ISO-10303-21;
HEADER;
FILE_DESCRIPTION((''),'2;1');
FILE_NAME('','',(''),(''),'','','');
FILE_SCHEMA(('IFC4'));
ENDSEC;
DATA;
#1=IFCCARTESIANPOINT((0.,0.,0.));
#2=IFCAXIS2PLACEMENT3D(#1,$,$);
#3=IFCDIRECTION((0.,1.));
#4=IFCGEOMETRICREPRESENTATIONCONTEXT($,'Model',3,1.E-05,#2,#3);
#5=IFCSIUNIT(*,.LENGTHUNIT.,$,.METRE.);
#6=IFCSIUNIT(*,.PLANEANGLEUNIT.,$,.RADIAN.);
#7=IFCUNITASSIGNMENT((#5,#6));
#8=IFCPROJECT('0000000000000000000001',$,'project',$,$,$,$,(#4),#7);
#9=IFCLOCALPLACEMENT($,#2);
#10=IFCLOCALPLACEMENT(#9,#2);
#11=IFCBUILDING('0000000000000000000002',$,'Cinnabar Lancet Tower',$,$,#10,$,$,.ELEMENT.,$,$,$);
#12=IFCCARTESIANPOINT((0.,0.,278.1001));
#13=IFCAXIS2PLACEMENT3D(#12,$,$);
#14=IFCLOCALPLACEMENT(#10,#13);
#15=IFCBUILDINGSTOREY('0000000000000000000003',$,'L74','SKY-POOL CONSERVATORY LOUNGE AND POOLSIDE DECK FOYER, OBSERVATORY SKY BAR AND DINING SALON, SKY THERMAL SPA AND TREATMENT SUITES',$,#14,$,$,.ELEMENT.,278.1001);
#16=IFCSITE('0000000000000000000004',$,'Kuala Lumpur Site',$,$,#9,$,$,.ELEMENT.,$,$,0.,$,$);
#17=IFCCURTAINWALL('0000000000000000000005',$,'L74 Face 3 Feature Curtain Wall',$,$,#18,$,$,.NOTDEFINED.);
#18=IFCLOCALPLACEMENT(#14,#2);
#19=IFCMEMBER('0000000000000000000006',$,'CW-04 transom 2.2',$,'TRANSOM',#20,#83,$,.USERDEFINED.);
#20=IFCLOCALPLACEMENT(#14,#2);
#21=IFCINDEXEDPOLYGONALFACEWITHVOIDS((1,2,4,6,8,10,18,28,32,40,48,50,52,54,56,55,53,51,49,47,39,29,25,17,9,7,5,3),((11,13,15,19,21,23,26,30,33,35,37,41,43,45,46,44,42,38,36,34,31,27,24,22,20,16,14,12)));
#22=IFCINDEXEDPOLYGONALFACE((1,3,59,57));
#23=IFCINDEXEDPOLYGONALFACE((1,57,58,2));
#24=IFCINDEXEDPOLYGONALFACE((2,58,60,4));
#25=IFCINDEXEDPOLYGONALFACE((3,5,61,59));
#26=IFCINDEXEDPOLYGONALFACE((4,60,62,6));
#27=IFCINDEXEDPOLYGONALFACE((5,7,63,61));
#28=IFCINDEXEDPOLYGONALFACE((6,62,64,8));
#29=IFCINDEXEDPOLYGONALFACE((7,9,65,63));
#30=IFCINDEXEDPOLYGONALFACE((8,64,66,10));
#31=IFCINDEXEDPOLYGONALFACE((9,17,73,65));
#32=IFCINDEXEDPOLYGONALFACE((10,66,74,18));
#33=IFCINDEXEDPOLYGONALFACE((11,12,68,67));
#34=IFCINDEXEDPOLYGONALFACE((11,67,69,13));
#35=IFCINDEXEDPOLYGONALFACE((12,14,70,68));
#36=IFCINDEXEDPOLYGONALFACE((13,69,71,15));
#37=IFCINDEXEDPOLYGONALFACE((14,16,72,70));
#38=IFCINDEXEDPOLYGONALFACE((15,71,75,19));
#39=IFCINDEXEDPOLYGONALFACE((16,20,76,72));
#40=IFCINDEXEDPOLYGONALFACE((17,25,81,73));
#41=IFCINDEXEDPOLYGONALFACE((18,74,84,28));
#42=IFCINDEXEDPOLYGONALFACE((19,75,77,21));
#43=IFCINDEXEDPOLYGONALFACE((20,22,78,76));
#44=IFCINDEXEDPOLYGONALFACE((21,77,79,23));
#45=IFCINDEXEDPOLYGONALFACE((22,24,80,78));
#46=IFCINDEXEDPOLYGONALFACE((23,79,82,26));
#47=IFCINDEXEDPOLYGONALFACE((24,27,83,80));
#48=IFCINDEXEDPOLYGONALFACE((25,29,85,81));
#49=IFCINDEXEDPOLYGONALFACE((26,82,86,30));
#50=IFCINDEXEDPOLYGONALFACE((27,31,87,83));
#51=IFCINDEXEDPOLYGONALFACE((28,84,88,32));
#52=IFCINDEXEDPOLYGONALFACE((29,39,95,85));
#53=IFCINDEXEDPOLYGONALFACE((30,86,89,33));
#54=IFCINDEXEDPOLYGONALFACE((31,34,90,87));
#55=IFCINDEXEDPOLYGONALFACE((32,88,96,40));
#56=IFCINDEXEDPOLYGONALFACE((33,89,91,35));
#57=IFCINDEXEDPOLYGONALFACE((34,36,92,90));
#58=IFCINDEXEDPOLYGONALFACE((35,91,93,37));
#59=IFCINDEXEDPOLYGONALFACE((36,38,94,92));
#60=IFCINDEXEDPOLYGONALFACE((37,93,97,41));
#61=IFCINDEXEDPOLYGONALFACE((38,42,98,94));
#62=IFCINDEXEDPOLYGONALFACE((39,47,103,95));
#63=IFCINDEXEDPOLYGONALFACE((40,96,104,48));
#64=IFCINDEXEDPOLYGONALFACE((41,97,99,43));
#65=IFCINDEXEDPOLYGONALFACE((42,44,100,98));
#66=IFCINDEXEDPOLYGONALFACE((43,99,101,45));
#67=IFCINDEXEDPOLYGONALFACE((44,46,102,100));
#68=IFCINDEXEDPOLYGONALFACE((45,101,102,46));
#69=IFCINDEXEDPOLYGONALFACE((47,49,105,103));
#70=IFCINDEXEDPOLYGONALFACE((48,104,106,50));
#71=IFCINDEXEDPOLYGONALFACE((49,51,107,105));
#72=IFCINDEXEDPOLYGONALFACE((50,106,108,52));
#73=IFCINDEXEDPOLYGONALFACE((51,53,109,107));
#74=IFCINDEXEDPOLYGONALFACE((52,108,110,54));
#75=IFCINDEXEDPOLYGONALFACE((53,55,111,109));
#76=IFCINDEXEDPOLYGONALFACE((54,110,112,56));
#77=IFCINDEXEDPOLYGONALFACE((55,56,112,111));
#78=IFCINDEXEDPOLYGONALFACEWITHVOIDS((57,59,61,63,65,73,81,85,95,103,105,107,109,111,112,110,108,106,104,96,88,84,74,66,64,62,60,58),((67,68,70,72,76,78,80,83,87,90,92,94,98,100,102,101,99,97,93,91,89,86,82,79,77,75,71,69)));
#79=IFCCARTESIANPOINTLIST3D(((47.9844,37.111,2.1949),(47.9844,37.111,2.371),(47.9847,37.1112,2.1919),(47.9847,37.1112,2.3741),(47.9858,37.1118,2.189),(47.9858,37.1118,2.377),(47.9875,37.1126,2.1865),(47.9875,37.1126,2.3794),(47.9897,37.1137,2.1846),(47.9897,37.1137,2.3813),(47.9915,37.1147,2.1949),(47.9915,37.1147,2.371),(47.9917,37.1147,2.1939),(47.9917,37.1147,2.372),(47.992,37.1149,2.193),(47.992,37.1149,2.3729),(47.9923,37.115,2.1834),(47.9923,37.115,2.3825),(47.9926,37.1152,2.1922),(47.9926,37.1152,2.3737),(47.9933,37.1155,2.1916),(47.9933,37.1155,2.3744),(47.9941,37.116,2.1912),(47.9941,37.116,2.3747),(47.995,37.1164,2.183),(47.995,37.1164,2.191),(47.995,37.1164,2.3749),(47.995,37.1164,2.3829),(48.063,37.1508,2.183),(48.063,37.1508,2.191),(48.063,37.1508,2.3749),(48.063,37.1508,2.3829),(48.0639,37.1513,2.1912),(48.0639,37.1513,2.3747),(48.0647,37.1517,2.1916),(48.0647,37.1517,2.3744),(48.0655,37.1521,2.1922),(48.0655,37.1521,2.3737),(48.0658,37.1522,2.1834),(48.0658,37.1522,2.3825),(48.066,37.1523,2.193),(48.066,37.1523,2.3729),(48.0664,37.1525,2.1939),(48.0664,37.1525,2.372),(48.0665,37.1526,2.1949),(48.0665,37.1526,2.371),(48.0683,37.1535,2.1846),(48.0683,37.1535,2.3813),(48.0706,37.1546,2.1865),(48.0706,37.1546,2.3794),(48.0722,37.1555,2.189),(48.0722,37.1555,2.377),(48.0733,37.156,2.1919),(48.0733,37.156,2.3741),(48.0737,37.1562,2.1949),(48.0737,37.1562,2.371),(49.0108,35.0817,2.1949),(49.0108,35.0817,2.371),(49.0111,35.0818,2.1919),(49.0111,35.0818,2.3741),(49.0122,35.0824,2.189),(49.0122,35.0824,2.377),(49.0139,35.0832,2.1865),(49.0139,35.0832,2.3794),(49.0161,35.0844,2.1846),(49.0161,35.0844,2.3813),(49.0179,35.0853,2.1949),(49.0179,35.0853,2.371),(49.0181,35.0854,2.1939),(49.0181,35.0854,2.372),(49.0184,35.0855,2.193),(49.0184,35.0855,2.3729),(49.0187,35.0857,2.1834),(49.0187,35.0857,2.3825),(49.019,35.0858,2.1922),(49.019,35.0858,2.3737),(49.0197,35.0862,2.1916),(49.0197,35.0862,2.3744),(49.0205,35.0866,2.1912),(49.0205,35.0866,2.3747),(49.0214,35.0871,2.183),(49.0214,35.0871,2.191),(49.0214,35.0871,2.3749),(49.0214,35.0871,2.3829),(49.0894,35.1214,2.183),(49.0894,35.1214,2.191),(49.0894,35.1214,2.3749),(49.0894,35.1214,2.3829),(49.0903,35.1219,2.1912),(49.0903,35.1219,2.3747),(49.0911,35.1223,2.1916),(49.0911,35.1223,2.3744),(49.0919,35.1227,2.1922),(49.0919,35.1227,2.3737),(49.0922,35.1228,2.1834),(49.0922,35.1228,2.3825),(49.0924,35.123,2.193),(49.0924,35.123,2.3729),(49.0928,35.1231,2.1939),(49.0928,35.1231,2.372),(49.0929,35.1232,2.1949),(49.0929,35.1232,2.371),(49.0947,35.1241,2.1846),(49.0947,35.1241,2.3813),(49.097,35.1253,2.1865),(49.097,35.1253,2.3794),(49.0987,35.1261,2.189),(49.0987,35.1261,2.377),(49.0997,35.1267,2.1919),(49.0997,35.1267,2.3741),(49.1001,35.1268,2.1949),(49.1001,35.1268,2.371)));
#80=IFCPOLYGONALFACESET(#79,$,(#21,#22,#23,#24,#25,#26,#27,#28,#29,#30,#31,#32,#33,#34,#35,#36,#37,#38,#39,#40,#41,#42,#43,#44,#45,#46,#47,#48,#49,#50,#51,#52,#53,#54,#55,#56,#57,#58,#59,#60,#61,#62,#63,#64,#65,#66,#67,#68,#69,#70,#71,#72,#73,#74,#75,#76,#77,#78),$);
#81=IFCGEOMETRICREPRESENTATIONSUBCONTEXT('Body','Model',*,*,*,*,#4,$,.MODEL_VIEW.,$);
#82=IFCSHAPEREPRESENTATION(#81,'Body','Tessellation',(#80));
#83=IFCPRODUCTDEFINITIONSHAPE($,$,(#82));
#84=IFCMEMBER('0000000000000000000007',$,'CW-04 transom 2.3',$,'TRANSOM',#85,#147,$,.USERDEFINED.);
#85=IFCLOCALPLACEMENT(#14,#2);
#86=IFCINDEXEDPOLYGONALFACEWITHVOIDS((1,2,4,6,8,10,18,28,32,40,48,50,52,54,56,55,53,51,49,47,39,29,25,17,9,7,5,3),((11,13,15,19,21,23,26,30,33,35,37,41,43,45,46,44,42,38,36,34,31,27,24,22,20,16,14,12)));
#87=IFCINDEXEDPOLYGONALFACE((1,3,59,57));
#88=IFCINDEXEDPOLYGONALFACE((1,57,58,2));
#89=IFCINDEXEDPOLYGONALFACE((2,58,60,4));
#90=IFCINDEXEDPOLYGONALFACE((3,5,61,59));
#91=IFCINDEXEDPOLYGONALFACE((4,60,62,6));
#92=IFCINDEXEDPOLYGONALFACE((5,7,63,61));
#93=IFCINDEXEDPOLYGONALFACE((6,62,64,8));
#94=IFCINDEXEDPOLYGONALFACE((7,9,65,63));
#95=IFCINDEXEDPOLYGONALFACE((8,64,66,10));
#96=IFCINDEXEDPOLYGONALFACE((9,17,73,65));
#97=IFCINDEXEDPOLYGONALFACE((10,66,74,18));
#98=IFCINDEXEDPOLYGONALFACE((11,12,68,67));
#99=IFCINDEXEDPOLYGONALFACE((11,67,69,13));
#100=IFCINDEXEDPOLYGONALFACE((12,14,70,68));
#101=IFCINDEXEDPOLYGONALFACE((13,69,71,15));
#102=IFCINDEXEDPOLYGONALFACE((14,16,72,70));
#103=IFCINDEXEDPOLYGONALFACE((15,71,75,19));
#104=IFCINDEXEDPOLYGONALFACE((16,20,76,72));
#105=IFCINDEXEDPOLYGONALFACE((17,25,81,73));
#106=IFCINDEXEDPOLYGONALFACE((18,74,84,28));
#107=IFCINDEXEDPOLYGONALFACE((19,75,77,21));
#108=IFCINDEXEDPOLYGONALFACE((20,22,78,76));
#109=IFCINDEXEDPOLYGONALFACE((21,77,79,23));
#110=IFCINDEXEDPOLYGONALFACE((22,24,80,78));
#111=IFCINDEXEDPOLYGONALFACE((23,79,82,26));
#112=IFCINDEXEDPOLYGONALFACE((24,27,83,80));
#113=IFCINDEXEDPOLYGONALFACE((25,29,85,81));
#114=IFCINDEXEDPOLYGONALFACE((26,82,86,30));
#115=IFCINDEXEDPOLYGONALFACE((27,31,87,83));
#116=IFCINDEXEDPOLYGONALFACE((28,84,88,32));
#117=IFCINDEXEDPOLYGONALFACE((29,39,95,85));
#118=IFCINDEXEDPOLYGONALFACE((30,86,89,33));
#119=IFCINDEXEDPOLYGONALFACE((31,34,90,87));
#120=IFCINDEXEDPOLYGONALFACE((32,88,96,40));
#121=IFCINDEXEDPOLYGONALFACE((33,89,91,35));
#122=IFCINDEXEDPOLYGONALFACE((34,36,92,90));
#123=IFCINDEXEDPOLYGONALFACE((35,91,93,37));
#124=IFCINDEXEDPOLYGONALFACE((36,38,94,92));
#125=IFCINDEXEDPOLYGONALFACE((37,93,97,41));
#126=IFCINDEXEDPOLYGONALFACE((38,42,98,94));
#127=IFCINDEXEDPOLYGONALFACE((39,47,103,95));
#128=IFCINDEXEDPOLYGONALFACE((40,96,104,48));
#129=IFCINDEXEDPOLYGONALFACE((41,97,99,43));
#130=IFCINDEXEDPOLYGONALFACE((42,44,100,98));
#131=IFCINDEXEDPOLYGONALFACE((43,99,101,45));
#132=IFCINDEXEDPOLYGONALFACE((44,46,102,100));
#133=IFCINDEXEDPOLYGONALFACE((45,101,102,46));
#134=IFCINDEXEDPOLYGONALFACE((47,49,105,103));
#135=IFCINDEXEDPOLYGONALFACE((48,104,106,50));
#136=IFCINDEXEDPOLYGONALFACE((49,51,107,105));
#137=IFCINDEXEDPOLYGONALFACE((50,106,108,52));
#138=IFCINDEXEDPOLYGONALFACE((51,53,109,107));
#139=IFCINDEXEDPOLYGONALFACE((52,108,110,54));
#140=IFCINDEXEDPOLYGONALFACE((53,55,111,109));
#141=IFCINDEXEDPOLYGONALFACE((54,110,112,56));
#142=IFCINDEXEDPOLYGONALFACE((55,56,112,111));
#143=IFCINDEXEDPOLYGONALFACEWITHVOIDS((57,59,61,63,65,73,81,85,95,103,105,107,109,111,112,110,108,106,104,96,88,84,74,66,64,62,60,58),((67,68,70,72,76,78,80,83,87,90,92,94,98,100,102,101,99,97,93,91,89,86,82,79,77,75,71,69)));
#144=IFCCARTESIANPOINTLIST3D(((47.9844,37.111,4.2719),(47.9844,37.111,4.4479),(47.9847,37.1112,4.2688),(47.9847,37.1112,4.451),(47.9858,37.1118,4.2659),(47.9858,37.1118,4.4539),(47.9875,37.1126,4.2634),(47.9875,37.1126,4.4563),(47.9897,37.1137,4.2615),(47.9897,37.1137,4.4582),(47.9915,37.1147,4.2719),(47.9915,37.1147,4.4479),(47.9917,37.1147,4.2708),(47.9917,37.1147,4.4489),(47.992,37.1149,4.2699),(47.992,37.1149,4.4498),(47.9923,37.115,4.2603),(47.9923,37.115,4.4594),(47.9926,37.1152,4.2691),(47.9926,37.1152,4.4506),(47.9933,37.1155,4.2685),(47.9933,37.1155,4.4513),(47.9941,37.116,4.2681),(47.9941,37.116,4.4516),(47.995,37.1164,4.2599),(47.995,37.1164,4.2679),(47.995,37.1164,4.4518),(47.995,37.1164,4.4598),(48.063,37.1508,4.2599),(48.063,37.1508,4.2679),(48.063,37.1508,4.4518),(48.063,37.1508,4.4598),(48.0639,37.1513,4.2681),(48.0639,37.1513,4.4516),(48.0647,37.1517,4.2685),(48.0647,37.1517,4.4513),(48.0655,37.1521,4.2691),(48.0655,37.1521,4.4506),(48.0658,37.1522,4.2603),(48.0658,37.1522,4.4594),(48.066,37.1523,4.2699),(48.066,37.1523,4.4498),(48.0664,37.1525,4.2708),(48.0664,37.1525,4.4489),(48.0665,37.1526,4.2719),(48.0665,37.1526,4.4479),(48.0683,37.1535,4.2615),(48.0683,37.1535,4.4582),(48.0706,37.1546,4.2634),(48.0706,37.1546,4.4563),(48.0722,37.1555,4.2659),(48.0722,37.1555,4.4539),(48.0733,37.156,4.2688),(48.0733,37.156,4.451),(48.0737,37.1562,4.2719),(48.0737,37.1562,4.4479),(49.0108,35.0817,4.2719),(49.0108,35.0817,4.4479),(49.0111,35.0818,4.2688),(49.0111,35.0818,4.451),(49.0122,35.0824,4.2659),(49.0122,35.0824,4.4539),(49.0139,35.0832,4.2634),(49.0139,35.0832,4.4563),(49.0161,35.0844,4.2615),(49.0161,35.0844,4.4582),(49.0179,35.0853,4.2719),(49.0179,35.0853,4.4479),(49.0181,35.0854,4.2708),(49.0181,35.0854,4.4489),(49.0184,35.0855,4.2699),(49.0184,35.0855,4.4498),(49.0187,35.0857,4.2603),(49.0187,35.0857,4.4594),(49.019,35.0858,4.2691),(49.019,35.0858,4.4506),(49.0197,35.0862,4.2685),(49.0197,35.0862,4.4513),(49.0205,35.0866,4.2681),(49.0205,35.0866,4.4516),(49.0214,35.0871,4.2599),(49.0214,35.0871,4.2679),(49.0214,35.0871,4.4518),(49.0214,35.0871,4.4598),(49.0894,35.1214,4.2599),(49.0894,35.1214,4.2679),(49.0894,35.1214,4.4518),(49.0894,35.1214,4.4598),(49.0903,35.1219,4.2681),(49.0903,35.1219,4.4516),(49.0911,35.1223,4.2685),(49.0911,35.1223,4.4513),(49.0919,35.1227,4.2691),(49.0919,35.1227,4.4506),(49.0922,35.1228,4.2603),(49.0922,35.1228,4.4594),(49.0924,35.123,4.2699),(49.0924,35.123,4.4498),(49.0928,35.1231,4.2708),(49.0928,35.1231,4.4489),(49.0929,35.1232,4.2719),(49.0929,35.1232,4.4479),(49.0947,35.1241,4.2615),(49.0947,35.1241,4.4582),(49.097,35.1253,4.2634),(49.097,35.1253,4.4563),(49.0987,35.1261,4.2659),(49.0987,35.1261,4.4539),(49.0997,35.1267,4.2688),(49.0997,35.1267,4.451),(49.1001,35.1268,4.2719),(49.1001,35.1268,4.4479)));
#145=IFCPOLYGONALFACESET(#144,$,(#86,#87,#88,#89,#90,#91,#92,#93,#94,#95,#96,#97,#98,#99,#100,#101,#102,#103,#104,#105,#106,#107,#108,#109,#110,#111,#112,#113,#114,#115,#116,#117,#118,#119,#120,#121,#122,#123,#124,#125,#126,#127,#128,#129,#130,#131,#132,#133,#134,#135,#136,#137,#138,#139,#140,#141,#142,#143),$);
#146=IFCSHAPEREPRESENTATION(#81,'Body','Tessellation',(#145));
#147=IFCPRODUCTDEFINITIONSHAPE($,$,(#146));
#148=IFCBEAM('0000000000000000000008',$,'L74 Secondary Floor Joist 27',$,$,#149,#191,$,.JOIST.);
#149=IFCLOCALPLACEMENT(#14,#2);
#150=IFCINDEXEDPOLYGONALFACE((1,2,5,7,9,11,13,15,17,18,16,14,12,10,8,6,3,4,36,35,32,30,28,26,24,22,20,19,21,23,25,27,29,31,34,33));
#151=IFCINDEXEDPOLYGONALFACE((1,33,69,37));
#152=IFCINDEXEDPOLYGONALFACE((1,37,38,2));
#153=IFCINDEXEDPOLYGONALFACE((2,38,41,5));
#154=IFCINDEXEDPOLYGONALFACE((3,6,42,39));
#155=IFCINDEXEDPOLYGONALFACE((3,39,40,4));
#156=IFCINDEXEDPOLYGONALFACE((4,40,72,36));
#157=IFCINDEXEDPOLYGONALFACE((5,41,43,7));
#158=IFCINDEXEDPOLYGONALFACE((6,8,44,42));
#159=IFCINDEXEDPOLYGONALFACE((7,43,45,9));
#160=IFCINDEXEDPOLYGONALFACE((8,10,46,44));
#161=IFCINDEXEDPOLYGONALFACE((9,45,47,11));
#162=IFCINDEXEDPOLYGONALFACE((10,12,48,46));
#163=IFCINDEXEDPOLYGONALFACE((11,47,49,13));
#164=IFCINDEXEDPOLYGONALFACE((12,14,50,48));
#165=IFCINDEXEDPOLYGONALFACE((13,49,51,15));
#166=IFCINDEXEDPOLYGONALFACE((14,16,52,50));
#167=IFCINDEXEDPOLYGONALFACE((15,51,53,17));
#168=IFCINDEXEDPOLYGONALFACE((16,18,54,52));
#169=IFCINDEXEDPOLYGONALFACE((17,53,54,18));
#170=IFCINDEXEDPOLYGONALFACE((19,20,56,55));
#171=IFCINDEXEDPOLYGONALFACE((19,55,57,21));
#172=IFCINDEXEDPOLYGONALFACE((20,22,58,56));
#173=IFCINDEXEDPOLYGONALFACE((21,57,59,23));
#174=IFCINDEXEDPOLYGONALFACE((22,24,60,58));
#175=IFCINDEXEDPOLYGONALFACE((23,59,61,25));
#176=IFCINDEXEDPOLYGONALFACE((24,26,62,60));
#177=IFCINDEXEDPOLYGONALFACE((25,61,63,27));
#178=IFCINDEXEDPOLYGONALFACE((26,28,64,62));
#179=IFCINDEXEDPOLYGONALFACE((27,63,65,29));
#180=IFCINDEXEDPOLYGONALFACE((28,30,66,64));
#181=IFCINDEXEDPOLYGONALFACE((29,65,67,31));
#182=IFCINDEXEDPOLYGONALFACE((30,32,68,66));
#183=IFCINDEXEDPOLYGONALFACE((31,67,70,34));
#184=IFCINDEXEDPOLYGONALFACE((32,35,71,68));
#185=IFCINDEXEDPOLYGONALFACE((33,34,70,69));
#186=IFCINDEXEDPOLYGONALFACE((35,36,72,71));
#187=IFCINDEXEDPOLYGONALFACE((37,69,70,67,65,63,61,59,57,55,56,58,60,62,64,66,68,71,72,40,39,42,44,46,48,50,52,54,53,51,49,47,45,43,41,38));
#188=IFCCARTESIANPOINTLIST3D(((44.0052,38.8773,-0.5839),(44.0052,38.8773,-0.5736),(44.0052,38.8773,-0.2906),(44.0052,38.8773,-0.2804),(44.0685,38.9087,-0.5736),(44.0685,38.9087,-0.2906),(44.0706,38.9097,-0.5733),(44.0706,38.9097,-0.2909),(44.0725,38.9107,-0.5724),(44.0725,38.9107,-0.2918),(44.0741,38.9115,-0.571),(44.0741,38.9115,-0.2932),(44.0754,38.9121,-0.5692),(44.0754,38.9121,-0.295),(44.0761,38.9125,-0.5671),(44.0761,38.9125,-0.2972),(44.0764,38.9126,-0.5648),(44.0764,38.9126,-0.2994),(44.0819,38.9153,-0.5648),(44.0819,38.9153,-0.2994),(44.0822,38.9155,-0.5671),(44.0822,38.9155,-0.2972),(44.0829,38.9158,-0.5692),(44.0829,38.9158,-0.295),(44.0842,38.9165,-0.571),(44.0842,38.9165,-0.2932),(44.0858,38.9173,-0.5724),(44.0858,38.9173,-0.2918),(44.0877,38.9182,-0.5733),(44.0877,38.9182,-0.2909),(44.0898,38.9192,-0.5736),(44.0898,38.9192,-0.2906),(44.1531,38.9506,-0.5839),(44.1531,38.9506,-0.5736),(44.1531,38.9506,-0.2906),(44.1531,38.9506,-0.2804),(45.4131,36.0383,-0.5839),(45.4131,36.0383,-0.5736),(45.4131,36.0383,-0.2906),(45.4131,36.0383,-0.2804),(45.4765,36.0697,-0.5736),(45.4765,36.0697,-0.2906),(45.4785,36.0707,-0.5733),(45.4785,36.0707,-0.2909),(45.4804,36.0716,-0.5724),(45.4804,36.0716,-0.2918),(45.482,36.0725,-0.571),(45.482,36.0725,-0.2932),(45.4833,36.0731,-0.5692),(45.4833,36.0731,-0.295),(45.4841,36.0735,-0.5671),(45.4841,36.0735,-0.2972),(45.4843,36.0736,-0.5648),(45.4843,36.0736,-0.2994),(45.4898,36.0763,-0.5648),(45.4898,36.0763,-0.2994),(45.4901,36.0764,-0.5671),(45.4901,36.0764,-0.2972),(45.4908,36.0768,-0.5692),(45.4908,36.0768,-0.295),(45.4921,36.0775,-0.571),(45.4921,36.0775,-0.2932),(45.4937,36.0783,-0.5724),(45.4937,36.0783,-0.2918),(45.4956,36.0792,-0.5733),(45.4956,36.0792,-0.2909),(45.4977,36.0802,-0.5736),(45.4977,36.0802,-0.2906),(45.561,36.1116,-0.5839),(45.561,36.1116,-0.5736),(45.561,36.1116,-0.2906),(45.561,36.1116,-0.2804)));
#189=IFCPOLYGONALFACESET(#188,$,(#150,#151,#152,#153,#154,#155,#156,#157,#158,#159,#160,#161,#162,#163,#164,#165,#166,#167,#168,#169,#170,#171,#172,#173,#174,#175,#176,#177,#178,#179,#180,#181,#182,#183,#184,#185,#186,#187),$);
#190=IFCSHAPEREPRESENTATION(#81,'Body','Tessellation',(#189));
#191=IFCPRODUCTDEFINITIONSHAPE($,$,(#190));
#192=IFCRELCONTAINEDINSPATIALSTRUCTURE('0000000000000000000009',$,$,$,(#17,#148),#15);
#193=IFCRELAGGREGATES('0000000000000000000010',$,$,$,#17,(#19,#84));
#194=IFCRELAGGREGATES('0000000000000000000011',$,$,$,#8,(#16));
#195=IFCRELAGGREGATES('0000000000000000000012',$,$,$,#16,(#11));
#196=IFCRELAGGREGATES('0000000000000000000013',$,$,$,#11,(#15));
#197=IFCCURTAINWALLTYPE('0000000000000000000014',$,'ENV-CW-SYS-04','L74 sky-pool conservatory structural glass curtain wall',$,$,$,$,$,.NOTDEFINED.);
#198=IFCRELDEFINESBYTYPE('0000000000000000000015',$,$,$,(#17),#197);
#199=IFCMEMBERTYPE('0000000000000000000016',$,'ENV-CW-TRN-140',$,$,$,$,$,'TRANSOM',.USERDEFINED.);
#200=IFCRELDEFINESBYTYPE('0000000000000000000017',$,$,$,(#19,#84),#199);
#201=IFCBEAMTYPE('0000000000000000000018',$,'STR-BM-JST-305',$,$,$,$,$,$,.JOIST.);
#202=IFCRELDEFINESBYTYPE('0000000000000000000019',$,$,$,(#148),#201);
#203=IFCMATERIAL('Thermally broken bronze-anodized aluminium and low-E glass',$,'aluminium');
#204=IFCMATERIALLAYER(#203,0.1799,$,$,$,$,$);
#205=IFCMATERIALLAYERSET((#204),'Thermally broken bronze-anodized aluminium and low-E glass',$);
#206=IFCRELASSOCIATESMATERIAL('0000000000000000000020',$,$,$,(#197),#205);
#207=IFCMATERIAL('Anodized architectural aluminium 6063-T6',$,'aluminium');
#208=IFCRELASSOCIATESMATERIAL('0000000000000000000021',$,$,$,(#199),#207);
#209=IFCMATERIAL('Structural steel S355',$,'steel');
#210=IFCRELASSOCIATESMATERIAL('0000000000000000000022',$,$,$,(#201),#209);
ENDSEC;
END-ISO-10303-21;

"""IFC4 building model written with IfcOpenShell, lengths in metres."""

from ifc_helpers import new_model, si_unit, direction, frame, origin, origin_2d, place, context, subcontext, project, spatial, hollow_rectangle, i_section, extrude, material, layer, layer_set, material_profile, profile_set, type_object, element, aggregate, save


model = new_model("IFC4")

# Units and contexts
model_context = context("Model", 3, precision=1e-05, world=origin(), true_north=direction((0.0, 1.0)))
body_context = subcontext(model_context, "Body", "Model", "MODEL_VIEW")
ifc_project = project(units=[si_unit("LENGTHUNIT", "METRE"), si_unit("PLANEANGLEUNIT", "RADIAN")], contexts=[model_context])

# Site, building, storey
site_placement = place(None, origin())
site = spatial("IfcSite", under=ifc_project, at=site_placement, Name="Kuala Lumpur Site", CompositionType="ELEMENT", RefElevation=0.0)
building_placement = place(site_placement, origin())
building = spatial("IfcBuilding", under=site, at=building_placement, Name="Cinnabar Lancet Tower", CompositionType="ELEMENT")
storey_placement = place(building_placement, frame((0.0, 0.0, 278.1001)))
storey = spatial("IfcBuildingStorey", under=building, at=storey_placement, Name="L74", Description="SKY-POOL CONSERVATORY LOUNGE AND POOLSIDE DECK FOYER, OBSERVATORY SKY BAR AND DINING SALON, SKY THERMAL SPA AND TREATMENT SUITES", CompositionType="ELEMENT", Elevation=278.1001)

# Curtain wall, members
ifc_material_1 = material(Name="Thermally broken bronze-anodized aluminium and low-E glass", Category="aluminium")
ifc_layer_1 = layer(ifc_material_1, 0.1799)
ifc_layer_set_1 = layer_set([ifc_layer_1], Name="Thermally broken bronze-anodized aluminium and low-E glass")
curtain_wall_type = type_object("IfcCurtainWallType", Name="ENV-CW-SYS-04", Description="L74 sky-pool conservatory structural glass curtain wall", PredefinedType="NOTDEFINED", material=ifc_layer_set_1)
curtain_wall_placement = place(storey_placement, origin())
curtain_wall = element("IfcCurtainWall", 1, at=curtain_wall_placement, inside=storey, type_object=curtain_wall_type, Name="L74 Face 3 Feature Curtain Wall", PredefinedType="NOTDEFINED")
ifc_material_2 = material(Name="Anodized architectural aluminium 6063-T6", Category="aluminium")
ifc_material_profile_1 = material_profile(ifc_material_2, hollow_rectangle(XDim=0.1001, YDim=0.2, WallThickness=0.0081, InnerFilletRadius=0.0039, OuterFilletRadius=0.012, at=origin_2d()), Name="RHS 200x100x8")
ifc_profile_set_1 = profile_set([ifc_material_profile_1], Name="Anodized architectural aluminium 6063-T6")
member_type_1 = type_object("IfcMemberType", Name="ENV-CW-TRN-140", ElementType="TRANSOM", PredefinedType="USERDEFINED", material=ifc_profile_set_1)
member_1_placement = place(storey_placement, frame((49.0554, 35.1042, 2.283), z_axis=(-0.451331, 0.892356, 0.0), x_axis=(-0.892356, -0.451331, 0.0)))
member_1 = element("IfcMember", 2, at=member_1_placement, type_object=member_type_1, Name="CW-04 transom 2.2", ObjectType="TRANSOM", PredefinedType="USERDEFINED", context=body_context, shape_type="SweptSolid", body=[
    extrude(hollow_rectangle(XDim=0.1001, YDim=0.2, WallThickness=0.0081, InnerFilletRadius=0.0039, OuterFilletRadius=0.012, at=origin_2d()), origin(), (0.0, 0.0, 1.0), 2.2742),
])
member_2_placement = place(storey_placement, frame((49.0554, 35.1042, 4.3599), z_axis=(-0.451331, 0.892356, 0.0), x_axis=(-0.892356, -0.451331, 0.0)))
member_2 = element("IfcMember", 3, at=member_2_placement, type_object=member_type_1, Name="CW-04 transom 2.3", ObjectType="TRANSOM", PredefinedType="USERDEFINED", context=body_context, shape_type="SweptSolid", body=[
    extrude(hollow_rectangle(XDim=0.1001, YDim=0.2, WallThickness=0.0081, InnerFilletRadius=0.0039, OuterFilletRadius=0.012, at=origin_2d()), origin(), (0.0, 0.0, 1.0), 2.2742),
])

# Beam
ifc_material_3 = material(Name="Structural steel S355", Category="steel")
ifc_material_profile_2 = material_profile(ifc_material_3, i_section(OverallWidth=0.165, OverallDepth=0.3035, WebThickness=0.0061, FlangeThickness=0.0103, FilletRadius=0.0088, at=origin_2d()), Name="UKB 305x165x40")
ifc_profile_set_2 = profile_set([ifc_material_profile_2], Name="Structural steel S355")
beam_type_1 = type_object("IfcBeamType", Name="STR-BM-JST-305", PredefinedType="JOIST", material=ifc_profile_set_2)
beam_1_placement = place(storey_placement, frame((45.4871, 36.075, -0.4321), z_axis=(-0.444284, 0.895886, 0.0), x_axis=(-0.895886, -0.444284, 0.0)))
element("IfcBeam", 4, at=beam_1_placement, inside=storey, type_object=beam_type_1, Name="L74 Secondary Floor Joist 27", PredefinedType="JOIST", context=body_context, shape_type="SweptSolid", body=[
    extrude(i_section(OverallWidth=0.165, OverallDepth=0.3035, WebThickness=0.0061, FlangeThickness=0.0103, FilletRadius=0.0088, at=origin_2d()), origin(), (0.0, 0.0, 1.0), 3.1689),
])

aggregate(curtain_wall, [member_1, member_2])

save(model, "model.ifc")
